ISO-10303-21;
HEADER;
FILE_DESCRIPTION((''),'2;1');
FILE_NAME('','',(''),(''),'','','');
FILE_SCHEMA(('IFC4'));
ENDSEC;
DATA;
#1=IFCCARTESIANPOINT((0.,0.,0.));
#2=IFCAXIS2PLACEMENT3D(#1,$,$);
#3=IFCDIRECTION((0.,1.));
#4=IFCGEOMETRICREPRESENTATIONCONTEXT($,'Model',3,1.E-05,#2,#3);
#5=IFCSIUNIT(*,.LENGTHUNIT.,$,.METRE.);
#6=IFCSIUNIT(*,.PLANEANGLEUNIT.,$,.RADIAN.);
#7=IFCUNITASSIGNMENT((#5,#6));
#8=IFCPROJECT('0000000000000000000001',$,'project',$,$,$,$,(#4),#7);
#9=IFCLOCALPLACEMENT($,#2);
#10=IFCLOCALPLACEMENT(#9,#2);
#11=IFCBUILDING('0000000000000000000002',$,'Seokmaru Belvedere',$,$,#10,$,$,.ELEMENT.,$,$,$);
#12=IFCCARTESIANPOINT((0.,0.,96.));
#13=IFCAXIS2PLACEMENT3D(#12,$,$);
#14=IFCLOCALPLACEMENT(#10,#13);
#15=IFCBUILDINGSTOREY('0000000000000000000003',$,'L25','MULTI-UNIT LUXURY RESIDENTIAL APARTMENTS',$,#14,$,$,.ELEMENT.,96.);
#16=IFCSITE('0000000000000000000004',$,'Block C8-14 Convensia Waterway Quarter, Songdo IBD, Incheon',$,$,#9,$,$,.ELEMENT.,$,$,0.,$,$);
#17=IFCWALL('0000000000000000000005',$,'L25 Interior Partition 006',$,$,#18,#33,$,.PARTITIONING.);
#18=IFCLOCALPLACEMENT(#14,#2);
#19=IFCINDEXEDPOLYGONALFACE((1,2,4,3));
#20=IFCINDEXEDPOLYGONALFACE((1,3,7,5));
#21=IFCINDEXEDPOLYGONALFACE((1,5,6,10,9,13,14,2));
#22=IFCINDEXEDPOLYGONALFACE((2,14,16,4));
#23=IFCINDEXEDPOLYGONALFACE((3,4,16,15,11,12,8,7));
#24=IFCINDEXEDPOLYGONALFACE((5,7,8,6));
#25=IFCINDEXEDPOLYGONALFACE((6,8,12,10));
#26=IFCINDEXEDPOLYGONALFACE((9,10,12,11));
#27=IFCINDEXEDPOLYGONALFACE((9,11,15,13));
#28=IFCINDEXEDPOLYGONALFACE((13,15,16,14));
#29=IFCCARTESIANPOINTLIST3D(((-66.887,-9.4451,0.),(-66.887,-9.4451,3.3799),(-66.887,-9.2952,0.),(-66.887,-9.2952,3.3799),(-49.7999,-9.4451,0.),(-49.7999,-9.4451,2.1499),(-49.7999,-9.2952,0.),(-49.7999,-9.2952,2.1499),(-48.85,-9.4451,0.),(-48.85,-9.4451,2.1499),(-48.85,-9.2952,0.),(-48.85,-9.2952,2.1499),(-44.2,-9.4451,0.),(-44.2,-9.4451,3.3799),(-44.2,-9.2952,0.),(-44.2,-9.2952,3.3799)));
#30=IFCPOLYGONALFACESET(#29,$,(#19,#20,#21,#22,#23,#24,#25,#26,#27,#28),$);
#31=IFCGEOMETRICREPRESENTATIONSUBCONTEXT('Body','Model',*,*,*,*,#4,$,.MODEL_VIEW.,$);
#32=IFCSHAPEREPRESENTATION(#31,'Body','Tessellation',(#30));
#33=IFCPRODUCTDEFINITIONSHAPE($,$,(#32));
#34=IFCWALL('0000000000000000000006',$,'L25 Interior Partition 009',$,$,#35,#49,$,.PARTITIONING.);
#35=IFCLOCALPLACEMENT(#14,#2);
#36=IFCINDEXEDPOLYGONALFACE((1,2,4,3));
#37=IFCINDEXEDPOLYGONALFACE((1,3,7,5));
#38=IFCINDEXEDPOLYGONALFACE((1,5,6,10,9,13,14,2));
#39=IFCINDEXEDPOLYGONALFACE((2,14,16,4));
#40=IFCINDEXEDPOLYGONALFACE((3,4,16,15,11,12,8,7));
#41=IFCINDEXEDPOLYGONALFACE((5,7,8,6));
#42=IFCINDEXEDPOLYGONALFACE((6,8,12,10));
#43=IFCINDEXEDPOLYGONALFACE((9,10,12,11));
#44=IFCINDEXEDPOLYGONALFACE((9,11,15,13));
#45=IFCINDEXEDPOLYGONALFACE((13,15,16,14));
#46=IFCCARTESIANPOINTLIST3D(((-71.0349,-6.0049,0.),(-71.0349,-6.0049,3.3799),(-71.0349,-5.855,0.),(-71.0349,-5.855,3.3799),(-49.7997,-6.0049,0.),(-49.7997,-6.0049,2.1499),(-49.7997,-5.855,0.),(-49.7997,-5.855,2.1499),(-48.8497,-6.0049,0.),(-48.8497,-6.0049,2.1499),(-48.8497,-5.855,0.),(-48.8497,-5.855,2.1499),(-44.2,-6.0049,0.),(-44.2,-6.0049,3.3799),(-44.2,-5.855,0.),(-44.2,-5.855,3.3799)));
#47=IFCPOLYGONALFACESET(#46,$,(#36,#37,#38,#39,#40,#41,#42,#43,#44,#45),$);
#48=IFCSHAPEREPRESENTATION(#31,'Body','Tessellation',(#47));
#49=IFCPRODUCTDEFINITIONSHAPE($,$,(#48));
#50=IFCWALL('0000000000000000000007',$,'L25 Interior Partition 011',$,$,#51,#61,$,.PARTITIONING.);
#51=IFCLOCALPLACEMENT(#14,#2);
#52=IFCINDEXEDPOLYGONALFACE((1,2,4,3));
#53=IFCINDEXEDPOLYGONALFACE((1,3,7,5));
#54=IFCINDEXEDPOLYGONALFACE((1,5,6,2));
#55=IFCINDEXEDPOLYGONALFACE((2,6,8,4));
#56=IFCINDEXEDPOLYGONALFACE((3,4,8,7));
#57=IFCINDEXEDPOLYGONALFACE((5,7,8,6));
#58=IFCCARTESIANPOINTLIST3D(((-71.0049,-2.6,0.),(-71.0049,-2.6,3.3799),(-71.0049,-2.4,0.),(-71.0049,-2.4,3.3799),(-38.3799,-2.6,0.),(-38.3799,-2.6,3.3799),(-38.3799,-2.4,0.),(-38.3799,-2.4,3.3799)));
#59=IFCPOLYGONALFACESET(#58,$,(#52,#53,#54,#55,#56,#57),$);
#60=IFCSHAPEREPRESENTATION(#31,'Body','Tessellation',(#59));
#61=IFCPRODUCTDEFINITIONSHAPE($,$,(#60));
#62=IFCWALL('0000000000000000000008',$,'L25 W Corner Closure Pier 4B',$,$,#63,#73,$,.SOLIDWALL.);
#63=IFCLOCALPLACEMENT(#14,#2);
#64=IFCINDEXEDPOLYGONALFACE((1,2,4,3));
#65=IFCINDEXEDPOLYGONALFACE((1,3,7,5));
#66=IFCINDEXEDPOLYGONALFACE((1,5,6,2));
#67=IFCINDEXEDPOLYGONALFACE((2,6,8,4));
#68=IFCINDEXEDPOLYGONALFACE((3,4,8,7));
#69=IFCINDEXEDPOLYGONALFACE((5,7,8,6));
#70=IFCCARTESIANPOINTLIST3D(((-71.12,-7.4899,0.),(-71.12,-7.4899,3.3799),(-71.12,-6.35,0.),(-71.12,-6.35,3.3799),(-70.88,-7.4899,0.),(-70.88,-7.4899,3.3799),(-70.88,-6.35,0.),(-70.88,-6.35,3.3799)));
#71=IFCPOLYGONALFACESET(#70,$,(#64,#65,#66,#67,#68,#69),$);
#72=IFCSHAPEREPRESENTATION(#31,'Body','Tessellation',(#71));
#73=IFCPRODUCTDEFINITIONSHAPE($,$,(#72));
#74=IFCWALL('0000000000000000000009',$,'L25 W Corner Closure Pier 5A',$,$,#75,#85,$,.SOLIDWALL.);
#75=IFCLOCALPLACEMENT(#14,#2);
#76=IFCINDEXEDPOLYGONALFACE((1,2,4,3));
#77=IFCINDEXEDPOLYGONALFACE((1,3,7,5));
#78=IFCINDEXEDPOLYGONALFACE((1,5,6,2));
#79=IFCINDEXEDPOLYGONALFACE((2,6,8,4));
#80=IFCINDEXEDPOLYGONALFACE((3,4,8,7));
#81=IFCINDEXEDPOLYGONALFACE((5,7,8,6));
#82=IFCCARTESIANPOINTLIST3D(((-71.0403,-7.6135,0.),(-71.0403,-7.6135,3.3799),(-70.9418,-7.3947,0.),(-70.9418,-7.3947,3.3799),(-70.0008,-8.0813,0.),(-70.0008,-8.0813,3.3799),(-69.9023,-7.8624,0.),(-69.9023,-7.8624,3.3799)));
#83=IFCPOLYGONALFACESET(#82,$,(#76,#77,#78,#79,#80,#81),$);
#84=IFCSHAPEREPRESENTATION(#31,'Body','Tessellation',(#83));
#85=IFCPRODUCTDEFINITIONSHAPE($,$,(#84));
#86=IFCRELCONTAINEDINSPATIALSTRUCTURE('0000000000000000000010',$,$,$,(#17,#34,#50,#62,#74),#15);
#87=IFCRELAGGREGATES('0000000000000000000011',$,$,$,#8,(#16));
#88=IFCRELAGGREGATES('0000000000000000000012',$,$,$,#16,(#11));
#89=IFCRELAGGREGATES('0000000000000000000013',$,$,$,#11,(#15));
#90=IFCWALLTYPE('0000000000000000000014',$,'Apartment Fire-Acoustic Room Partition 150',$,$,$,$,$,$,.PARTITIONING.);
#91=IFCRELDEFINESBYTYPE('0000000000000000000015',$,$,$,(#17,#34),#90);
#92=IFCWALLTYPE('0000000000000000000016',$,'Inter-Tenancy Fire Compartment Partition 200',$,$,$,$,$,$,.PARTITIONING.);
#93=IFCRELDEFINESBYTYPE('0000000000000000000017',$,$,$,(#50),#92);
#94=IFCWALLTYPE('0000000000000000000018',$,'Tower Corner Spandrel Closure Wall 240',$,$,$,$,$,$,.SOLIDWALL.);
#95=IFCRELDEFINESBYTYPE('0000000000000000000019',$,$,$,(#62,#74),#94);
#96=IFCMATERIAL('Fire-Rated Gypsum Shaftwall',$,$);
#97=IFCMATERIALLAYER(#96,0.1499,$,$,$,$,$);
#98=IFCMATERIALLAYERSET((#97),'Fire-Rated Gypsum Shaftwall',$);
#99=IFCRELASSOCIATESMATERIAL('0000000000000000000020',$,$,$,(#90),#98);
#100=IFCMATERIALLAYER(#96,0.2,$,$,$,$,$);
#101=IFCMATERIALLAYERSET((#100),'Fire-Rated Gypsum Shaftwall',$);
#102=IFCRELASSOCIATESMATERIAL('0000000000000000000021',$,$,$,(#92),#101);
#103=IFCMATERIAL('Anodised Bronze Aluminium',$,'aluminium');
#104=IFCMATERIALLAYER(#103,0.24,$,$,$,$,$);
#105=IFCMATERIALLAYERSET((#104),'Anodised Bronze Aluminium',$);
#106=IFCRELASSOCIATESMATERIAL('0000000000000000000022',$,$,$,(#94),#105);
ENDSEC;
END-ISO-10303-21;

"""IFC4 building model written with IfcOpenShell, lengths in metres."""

from ifc_helpers import new_model, si_unit, direction, frame, frame_2d, origin, place, context, subcontext, project, spatial, rectangle, extrude, material, layer, layer_set, type_object, element, save


model = new_model("IFC4")

# Units and contexts
model_context = context("Model", 3, precision=1e-05, world=origin(), true_north=direction((0.0, 1.0)))
body_context = subcontext(model_context, "Body", "Model", "MODEL_VIEW")
ifc_project = project(units=[si_unit("LENGTHUNIT", "METRE"), si_unit("PLANEANGLEUNIT", "RADIAN")], contexts=[model_context])

# Site, building, storey
site_placement = place(None, origin())
site = spatial("IfcSite", under=ifc_project, at=site_placement, Name="Block C8-14 Convensia Waterway Quarter, Songdo IBD, Incheon", CompositionType="ELEMENT", RefElevation=0.0)
building_placement = place(site_placement, origin())
building = spatial("IfcBuilding", under=site, at=building_placement, Name="Seokmaru Belvedere", CompositionType="ELEMENT")
storey_placement = place(building_placement, frame((0.0, 0.0, 96.0)))
storey = spatial("IfcBuildingStorey", under=building, at=storey_placement, Name="L25", Description="MULTI-UNIT LUXURY RESIDENTIAL APARTMENTS", CompositionType="ELEMENT", Elevation=96.0)

# Shared definitions
ifc_material_1 = material(Name="Anodised Bronze Aluminium", Category="aluminium")

# Walls, openings
ifc_material_2 = material(Name="Fire-Rated Gypsum Shaftwall")
ifc_layer_1 = layer(ifc_material_2, 0.1499)
ifc_layer_set_1 = layer_set([ifc_layer_1], Name="Fire-Rated Gypsum Shaftwall")
wall_type_1 = type_object("IfcWallType", Name="Apartment Fire-Acoustic Room Partition 150", PredefinedType="PARTITIONING", material=ifc_layer_set_1)
wall_1_placement = place(storey_placement, frame((-66.887, -9.3701, 0.0), z_axis=(0.0, 0.0, 1.0), x_axis=(1.0, 0.0, 0.0)))
wall_1 = element("IfcWall", 1, at=wall_1_placement, inside=storey, type_object=wall_type_1, Name="L25 Interior Partition 006", PredefinedType="PARTITIONING", context=body_context, shape_type="SweptSolid", body=[
    extrude(rectangle(XDim=22.687, YDim=0.1499, at=frame_2d((11.3435, 0.0))), origin(), (0.0, 0.0, 1.0), 3.3799),
])
opening_1_placement = place(wall_1_placement, frame((17.0869, 0.0, 0.0)))
element("IfcOpeningElement", 2, at=opening_1_placement, cuts=wall_1, PredefinedType="OPENING", context=body_context, shape_type="SweptSolid", body=[
    extrude(rectangle(XDim=0.95, YDim=2.1499, at=frame_2d((0.4751, 1.075))), frame((0.0, 0.085, 0.0), z_axis=(0.0, -1.0, 0.0), x_axis=(1.0, 0.0, 0.0)), (0.0, 0.0, 1.0), 0.1699),
])
wall_2_placement = place(storey_placement, frame((-71.0349, -5.9299, 0.0), z_axis=(0.0, 0.0, 1.0), x_axis=(1.0, 0.0, 0.0)))
wall_2 = element("IfcWall", 3, at=wall_2_placement, inside=storey, type_object=wall_type_1, Name="L25 Interior Partition 009", PredefinedType="PARTITIONING", context=body_context, shape_type="SweptSolid", body=[
    extrude(rectangle(XDim=26.835, YDim=0.1499, at=frame_2d((13.4175, 0.0))), origin(), (0.0, 0.0, 1.0), 3.3799),
])
opening_2_placement = place(wall_2_placement, frame((21.2351, 0.0, 0.0)))
element("IfcOpeningElement", 4, at=opening_2_placement, cuts=wall_2, PredefinedType="OPENING", context=body_context, shape_type="SweptSolid", body=[
    extrude(rectangle(XDim=0.95, YDim=2.1499, at=frame_2d((0.4751, 1.075))), frame((0.0, 0.085, 0.0), z_axis=(0.0, -1.0, 0.0), x_axis=(1.0, 0.0, 0.0)), (0.0, 0.0, 1.0), 0.1699),
])

# Walls
ifc_layer_2 = layer(ifc_material_2, 0.2)
ifc_layer_set_2 = layer_set([ifc_layer_2], Name="Fire-Rated Gypsum Shaftwall")
wall_type_2 = type_object("IfcWallType", Name="Inter-Tenancy Fire Compartment Partition 200", PredefinedType="PARTITIONING", material=ifc_layer_set_2)
wall_3_placement = place(storey_placement, frame((-71.0049, -2.5, 0.0), z_axis=(0.0, 0.0, 1.0), x_axis=(1.0, 0.0, 0.0)))
element("IfcWall", 5, at=wall_3_placement, inside=storey, type_object=wall_type_2, Name="L25 Interior Partition 011", PredefinedType="PARTITIONING", context=body_context, shape_type="SweptSolid", body=[
    extrude(rectangle(XDim=32.625, YDim=0.2, at=frame_2d((16.3125, 0.0))), origin(), (0.0, 0.0, 1.0), 3.3799),
])
ifc_layer_3 = layer(ifc_material_1, 0.24)
ifc_layer_set_3 = layer_set([ifc_layer_3], Name="Anodised Bronze Aluminium")
wall_type_3 = type_object("IfcWallType", Name="Tower Corner Spandrel Closure Wall 240", PredefinedType="SOLIDWALL", material=ifc_layer_set_3)
for number, where, z_axis, x_axis, name in (
    (6, (-71.0, -6.3501, 0.0), (0.0, 0.0, 1.0), (0.0, -1.0, 0.0), "L25 W Corner Closure Pier 4B"),
    (7, (-70.991, -7.5042, 0.0), (0.0, 0.0, 1.0), (0.91193, -0.410347, 0.0), "L25 W Corner Closure Pier 5A"),
):
    element("IfcWall", number, at=place(storey_placement, frame(where, z_axis=z_axis, x_axis=x_axis)), inside=storey, type_object=wall_type_3, Name=name, PredefinedType="SOLIDWALL", context=body_context, shape_type="SweptSolid", body=[
        extrude(rectangle(XDim=1.1399, YDim=0.24, at=frame_2d((0.5698, 0.0))), origin(), (0.0, 0.0, 1.0), 3.3799),
    ])

save(model, "model.ifc")
